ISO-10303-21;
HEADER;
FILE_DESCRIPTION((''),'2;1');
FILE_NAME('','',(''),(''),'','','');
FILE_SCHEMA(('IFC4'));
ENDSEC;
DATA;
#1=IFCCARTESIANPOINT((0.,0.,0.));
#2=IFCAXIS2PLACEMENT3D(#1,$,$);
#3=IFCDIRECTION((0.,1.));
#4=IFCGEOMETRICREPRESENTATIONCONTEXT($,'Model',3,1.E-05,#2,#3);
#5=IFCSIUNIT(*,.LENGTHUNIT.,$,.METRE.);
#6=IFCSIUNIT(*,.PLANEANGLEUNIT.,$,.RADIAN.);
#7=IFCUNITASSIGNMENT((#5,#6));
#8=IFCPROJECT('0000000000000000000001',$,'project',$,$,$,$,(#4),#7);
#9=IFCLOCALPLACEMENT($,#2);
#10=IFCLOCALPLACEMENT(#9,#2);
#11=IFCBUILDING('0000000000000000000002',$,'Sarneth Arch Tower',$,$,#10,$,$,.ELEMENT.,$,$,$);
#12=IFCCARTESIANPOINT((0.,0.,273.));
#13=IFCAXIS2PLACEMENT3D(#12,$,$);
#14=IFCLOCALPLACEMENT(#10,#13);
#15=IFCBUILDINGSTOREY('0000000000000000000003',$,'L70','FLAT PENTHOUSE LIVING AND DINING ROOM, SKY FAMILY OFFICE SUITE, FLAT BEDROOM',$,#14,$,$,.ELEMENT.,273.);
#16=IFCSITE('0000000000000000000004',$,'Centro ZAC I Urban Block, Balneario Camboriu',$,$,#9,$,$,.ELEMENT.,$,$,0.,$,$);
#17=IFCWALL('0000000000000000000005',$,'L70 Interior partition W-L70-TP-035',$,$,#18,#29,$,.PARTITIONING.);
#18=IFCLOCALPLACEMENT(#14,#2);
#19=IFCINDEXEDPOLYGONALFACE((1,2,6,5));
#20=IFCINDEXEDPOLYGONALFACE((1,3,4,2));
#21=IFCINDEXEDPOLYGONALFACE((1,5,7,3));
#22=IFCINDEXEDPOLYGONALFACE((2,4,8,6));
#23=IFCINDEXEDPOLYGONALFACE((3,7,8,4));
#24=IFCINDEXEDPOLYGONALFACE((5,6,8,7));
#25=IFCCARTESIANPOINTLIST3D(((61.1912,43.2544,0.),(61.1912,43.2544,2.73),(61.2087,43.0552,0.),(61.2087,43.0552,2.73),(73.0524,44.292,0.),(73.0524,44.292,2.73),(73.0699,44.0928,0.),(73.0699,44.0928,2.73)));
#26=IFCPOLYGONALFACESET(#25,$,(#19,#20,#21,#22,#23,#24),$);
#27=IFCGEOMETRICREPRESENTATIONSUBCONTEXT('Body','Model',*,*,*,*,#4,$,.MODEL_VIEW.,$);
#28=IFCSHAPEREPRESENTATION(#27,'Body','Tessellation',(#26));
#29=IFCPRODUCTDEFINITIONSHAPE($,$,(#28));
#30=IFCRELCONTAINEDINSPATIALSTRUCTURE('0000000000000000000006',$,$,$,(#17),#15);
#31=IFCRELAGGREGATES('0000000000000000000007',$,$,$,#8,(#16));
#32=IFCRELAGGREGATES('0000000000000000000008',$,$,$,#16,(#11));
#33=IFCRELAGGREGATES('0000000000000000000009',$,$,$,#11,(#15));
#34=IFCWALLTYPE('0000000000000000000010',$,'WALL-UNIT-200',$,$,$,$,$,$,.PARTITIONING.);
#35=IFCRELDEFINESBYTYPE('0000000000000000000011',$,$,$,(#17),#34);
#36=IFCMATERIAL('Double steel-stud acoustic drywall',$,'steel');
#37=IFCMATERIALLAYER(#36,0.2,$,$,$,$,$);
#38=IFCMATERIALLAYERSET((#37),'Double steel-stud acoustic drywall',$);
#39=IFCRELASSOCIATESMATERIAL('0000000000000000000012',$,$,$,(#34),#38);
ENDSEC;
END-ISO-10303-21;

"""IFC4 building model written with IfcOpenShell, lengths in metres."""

from ifc_helpers import new_model, si_unit, direction, frame, frame_2d, origin, place, context, subcontext, project, spatial, rectangle, extrude, material, layer, layer_set, type_object, element, save


model = new_model("IFC4")

# Units and contexts
model_context = context("Model", 3, precision=1e-05, world=origin(), true_north=direction((0.0, 1.0)))
body_context = subcontext(model_context, "Body", "Model", "MODEL_VIEW")
ifc_project = project(units=[si_unit("LENGTHUNIT", "METRE"), si_unit("PLANEANGLEUNIT", "RADIAN")], contexts=[model_context])

# Site, building, storey
site_placement = place(None, origin())
site = spatial("IfcSite", under=ifc_project, at=site_placement, Name="Centro ZAC I Urban Block, Balneario Camboriu", CompositionType="ELEMENT", RefElevation=0.0)
building_placement = place(site_placement, origin())
building = spatial("IfcBuilding", under=site, at=building_placement, Name="Sarneth Arch Tower", CompositionType="ELEMENT")
storey_placement = place(building_placement, frame((0.0, 0.0, 273.0)))
storey = spatial("IfcBuildingStorey", under=building, at=storey_placement, Name="L70", Description="FLAT PENTHOUSE LIVING AND DINING ROOM, SKY FAMILY OFFICE SUITE, FLAT BEDROOM", CompositionType="ELEMENT", Elevation=273.0)

# Wall
ifc_material_1 = material(Name="Double steel-stud acoustic drywall", Category="steel")
ifc_layer_1 = layer(ifc_material_1, 0.2)
ifc_layer_set_1 = layer_set([ifc_layer_1], Name="Double steel-stud acoustic drywall")
wall_type_1 = type_object("IfcWallType", Name="WALL-UNIT-200", PredefinedType="PARTITIONING", material=ifc_layer_set_1)
wall_1_placement = place(storey_placement, frame((73.061, 44.1924, 0.0), z_axis=(0.0, 0.0, 1.0), x_axis=(-0.996196, -0.087146, 0.0)))
element("IfcWall", 1, at=wall_1_placement, inside=storey, type_object=wall_type_1, Name="L70 Interior partition W-L70-TP-035", PredefinedType="PARTITIONING", context=body_context, shape_type="SweptSolid", body=[
    extrude(rectangle(XDim=11.9065, YDim=0.2, at=frame_2d((5.9531, 0.0))), origin(), (0.0, 0.0, 1.0), 2.73),
])

save(model, "model.ifc")
